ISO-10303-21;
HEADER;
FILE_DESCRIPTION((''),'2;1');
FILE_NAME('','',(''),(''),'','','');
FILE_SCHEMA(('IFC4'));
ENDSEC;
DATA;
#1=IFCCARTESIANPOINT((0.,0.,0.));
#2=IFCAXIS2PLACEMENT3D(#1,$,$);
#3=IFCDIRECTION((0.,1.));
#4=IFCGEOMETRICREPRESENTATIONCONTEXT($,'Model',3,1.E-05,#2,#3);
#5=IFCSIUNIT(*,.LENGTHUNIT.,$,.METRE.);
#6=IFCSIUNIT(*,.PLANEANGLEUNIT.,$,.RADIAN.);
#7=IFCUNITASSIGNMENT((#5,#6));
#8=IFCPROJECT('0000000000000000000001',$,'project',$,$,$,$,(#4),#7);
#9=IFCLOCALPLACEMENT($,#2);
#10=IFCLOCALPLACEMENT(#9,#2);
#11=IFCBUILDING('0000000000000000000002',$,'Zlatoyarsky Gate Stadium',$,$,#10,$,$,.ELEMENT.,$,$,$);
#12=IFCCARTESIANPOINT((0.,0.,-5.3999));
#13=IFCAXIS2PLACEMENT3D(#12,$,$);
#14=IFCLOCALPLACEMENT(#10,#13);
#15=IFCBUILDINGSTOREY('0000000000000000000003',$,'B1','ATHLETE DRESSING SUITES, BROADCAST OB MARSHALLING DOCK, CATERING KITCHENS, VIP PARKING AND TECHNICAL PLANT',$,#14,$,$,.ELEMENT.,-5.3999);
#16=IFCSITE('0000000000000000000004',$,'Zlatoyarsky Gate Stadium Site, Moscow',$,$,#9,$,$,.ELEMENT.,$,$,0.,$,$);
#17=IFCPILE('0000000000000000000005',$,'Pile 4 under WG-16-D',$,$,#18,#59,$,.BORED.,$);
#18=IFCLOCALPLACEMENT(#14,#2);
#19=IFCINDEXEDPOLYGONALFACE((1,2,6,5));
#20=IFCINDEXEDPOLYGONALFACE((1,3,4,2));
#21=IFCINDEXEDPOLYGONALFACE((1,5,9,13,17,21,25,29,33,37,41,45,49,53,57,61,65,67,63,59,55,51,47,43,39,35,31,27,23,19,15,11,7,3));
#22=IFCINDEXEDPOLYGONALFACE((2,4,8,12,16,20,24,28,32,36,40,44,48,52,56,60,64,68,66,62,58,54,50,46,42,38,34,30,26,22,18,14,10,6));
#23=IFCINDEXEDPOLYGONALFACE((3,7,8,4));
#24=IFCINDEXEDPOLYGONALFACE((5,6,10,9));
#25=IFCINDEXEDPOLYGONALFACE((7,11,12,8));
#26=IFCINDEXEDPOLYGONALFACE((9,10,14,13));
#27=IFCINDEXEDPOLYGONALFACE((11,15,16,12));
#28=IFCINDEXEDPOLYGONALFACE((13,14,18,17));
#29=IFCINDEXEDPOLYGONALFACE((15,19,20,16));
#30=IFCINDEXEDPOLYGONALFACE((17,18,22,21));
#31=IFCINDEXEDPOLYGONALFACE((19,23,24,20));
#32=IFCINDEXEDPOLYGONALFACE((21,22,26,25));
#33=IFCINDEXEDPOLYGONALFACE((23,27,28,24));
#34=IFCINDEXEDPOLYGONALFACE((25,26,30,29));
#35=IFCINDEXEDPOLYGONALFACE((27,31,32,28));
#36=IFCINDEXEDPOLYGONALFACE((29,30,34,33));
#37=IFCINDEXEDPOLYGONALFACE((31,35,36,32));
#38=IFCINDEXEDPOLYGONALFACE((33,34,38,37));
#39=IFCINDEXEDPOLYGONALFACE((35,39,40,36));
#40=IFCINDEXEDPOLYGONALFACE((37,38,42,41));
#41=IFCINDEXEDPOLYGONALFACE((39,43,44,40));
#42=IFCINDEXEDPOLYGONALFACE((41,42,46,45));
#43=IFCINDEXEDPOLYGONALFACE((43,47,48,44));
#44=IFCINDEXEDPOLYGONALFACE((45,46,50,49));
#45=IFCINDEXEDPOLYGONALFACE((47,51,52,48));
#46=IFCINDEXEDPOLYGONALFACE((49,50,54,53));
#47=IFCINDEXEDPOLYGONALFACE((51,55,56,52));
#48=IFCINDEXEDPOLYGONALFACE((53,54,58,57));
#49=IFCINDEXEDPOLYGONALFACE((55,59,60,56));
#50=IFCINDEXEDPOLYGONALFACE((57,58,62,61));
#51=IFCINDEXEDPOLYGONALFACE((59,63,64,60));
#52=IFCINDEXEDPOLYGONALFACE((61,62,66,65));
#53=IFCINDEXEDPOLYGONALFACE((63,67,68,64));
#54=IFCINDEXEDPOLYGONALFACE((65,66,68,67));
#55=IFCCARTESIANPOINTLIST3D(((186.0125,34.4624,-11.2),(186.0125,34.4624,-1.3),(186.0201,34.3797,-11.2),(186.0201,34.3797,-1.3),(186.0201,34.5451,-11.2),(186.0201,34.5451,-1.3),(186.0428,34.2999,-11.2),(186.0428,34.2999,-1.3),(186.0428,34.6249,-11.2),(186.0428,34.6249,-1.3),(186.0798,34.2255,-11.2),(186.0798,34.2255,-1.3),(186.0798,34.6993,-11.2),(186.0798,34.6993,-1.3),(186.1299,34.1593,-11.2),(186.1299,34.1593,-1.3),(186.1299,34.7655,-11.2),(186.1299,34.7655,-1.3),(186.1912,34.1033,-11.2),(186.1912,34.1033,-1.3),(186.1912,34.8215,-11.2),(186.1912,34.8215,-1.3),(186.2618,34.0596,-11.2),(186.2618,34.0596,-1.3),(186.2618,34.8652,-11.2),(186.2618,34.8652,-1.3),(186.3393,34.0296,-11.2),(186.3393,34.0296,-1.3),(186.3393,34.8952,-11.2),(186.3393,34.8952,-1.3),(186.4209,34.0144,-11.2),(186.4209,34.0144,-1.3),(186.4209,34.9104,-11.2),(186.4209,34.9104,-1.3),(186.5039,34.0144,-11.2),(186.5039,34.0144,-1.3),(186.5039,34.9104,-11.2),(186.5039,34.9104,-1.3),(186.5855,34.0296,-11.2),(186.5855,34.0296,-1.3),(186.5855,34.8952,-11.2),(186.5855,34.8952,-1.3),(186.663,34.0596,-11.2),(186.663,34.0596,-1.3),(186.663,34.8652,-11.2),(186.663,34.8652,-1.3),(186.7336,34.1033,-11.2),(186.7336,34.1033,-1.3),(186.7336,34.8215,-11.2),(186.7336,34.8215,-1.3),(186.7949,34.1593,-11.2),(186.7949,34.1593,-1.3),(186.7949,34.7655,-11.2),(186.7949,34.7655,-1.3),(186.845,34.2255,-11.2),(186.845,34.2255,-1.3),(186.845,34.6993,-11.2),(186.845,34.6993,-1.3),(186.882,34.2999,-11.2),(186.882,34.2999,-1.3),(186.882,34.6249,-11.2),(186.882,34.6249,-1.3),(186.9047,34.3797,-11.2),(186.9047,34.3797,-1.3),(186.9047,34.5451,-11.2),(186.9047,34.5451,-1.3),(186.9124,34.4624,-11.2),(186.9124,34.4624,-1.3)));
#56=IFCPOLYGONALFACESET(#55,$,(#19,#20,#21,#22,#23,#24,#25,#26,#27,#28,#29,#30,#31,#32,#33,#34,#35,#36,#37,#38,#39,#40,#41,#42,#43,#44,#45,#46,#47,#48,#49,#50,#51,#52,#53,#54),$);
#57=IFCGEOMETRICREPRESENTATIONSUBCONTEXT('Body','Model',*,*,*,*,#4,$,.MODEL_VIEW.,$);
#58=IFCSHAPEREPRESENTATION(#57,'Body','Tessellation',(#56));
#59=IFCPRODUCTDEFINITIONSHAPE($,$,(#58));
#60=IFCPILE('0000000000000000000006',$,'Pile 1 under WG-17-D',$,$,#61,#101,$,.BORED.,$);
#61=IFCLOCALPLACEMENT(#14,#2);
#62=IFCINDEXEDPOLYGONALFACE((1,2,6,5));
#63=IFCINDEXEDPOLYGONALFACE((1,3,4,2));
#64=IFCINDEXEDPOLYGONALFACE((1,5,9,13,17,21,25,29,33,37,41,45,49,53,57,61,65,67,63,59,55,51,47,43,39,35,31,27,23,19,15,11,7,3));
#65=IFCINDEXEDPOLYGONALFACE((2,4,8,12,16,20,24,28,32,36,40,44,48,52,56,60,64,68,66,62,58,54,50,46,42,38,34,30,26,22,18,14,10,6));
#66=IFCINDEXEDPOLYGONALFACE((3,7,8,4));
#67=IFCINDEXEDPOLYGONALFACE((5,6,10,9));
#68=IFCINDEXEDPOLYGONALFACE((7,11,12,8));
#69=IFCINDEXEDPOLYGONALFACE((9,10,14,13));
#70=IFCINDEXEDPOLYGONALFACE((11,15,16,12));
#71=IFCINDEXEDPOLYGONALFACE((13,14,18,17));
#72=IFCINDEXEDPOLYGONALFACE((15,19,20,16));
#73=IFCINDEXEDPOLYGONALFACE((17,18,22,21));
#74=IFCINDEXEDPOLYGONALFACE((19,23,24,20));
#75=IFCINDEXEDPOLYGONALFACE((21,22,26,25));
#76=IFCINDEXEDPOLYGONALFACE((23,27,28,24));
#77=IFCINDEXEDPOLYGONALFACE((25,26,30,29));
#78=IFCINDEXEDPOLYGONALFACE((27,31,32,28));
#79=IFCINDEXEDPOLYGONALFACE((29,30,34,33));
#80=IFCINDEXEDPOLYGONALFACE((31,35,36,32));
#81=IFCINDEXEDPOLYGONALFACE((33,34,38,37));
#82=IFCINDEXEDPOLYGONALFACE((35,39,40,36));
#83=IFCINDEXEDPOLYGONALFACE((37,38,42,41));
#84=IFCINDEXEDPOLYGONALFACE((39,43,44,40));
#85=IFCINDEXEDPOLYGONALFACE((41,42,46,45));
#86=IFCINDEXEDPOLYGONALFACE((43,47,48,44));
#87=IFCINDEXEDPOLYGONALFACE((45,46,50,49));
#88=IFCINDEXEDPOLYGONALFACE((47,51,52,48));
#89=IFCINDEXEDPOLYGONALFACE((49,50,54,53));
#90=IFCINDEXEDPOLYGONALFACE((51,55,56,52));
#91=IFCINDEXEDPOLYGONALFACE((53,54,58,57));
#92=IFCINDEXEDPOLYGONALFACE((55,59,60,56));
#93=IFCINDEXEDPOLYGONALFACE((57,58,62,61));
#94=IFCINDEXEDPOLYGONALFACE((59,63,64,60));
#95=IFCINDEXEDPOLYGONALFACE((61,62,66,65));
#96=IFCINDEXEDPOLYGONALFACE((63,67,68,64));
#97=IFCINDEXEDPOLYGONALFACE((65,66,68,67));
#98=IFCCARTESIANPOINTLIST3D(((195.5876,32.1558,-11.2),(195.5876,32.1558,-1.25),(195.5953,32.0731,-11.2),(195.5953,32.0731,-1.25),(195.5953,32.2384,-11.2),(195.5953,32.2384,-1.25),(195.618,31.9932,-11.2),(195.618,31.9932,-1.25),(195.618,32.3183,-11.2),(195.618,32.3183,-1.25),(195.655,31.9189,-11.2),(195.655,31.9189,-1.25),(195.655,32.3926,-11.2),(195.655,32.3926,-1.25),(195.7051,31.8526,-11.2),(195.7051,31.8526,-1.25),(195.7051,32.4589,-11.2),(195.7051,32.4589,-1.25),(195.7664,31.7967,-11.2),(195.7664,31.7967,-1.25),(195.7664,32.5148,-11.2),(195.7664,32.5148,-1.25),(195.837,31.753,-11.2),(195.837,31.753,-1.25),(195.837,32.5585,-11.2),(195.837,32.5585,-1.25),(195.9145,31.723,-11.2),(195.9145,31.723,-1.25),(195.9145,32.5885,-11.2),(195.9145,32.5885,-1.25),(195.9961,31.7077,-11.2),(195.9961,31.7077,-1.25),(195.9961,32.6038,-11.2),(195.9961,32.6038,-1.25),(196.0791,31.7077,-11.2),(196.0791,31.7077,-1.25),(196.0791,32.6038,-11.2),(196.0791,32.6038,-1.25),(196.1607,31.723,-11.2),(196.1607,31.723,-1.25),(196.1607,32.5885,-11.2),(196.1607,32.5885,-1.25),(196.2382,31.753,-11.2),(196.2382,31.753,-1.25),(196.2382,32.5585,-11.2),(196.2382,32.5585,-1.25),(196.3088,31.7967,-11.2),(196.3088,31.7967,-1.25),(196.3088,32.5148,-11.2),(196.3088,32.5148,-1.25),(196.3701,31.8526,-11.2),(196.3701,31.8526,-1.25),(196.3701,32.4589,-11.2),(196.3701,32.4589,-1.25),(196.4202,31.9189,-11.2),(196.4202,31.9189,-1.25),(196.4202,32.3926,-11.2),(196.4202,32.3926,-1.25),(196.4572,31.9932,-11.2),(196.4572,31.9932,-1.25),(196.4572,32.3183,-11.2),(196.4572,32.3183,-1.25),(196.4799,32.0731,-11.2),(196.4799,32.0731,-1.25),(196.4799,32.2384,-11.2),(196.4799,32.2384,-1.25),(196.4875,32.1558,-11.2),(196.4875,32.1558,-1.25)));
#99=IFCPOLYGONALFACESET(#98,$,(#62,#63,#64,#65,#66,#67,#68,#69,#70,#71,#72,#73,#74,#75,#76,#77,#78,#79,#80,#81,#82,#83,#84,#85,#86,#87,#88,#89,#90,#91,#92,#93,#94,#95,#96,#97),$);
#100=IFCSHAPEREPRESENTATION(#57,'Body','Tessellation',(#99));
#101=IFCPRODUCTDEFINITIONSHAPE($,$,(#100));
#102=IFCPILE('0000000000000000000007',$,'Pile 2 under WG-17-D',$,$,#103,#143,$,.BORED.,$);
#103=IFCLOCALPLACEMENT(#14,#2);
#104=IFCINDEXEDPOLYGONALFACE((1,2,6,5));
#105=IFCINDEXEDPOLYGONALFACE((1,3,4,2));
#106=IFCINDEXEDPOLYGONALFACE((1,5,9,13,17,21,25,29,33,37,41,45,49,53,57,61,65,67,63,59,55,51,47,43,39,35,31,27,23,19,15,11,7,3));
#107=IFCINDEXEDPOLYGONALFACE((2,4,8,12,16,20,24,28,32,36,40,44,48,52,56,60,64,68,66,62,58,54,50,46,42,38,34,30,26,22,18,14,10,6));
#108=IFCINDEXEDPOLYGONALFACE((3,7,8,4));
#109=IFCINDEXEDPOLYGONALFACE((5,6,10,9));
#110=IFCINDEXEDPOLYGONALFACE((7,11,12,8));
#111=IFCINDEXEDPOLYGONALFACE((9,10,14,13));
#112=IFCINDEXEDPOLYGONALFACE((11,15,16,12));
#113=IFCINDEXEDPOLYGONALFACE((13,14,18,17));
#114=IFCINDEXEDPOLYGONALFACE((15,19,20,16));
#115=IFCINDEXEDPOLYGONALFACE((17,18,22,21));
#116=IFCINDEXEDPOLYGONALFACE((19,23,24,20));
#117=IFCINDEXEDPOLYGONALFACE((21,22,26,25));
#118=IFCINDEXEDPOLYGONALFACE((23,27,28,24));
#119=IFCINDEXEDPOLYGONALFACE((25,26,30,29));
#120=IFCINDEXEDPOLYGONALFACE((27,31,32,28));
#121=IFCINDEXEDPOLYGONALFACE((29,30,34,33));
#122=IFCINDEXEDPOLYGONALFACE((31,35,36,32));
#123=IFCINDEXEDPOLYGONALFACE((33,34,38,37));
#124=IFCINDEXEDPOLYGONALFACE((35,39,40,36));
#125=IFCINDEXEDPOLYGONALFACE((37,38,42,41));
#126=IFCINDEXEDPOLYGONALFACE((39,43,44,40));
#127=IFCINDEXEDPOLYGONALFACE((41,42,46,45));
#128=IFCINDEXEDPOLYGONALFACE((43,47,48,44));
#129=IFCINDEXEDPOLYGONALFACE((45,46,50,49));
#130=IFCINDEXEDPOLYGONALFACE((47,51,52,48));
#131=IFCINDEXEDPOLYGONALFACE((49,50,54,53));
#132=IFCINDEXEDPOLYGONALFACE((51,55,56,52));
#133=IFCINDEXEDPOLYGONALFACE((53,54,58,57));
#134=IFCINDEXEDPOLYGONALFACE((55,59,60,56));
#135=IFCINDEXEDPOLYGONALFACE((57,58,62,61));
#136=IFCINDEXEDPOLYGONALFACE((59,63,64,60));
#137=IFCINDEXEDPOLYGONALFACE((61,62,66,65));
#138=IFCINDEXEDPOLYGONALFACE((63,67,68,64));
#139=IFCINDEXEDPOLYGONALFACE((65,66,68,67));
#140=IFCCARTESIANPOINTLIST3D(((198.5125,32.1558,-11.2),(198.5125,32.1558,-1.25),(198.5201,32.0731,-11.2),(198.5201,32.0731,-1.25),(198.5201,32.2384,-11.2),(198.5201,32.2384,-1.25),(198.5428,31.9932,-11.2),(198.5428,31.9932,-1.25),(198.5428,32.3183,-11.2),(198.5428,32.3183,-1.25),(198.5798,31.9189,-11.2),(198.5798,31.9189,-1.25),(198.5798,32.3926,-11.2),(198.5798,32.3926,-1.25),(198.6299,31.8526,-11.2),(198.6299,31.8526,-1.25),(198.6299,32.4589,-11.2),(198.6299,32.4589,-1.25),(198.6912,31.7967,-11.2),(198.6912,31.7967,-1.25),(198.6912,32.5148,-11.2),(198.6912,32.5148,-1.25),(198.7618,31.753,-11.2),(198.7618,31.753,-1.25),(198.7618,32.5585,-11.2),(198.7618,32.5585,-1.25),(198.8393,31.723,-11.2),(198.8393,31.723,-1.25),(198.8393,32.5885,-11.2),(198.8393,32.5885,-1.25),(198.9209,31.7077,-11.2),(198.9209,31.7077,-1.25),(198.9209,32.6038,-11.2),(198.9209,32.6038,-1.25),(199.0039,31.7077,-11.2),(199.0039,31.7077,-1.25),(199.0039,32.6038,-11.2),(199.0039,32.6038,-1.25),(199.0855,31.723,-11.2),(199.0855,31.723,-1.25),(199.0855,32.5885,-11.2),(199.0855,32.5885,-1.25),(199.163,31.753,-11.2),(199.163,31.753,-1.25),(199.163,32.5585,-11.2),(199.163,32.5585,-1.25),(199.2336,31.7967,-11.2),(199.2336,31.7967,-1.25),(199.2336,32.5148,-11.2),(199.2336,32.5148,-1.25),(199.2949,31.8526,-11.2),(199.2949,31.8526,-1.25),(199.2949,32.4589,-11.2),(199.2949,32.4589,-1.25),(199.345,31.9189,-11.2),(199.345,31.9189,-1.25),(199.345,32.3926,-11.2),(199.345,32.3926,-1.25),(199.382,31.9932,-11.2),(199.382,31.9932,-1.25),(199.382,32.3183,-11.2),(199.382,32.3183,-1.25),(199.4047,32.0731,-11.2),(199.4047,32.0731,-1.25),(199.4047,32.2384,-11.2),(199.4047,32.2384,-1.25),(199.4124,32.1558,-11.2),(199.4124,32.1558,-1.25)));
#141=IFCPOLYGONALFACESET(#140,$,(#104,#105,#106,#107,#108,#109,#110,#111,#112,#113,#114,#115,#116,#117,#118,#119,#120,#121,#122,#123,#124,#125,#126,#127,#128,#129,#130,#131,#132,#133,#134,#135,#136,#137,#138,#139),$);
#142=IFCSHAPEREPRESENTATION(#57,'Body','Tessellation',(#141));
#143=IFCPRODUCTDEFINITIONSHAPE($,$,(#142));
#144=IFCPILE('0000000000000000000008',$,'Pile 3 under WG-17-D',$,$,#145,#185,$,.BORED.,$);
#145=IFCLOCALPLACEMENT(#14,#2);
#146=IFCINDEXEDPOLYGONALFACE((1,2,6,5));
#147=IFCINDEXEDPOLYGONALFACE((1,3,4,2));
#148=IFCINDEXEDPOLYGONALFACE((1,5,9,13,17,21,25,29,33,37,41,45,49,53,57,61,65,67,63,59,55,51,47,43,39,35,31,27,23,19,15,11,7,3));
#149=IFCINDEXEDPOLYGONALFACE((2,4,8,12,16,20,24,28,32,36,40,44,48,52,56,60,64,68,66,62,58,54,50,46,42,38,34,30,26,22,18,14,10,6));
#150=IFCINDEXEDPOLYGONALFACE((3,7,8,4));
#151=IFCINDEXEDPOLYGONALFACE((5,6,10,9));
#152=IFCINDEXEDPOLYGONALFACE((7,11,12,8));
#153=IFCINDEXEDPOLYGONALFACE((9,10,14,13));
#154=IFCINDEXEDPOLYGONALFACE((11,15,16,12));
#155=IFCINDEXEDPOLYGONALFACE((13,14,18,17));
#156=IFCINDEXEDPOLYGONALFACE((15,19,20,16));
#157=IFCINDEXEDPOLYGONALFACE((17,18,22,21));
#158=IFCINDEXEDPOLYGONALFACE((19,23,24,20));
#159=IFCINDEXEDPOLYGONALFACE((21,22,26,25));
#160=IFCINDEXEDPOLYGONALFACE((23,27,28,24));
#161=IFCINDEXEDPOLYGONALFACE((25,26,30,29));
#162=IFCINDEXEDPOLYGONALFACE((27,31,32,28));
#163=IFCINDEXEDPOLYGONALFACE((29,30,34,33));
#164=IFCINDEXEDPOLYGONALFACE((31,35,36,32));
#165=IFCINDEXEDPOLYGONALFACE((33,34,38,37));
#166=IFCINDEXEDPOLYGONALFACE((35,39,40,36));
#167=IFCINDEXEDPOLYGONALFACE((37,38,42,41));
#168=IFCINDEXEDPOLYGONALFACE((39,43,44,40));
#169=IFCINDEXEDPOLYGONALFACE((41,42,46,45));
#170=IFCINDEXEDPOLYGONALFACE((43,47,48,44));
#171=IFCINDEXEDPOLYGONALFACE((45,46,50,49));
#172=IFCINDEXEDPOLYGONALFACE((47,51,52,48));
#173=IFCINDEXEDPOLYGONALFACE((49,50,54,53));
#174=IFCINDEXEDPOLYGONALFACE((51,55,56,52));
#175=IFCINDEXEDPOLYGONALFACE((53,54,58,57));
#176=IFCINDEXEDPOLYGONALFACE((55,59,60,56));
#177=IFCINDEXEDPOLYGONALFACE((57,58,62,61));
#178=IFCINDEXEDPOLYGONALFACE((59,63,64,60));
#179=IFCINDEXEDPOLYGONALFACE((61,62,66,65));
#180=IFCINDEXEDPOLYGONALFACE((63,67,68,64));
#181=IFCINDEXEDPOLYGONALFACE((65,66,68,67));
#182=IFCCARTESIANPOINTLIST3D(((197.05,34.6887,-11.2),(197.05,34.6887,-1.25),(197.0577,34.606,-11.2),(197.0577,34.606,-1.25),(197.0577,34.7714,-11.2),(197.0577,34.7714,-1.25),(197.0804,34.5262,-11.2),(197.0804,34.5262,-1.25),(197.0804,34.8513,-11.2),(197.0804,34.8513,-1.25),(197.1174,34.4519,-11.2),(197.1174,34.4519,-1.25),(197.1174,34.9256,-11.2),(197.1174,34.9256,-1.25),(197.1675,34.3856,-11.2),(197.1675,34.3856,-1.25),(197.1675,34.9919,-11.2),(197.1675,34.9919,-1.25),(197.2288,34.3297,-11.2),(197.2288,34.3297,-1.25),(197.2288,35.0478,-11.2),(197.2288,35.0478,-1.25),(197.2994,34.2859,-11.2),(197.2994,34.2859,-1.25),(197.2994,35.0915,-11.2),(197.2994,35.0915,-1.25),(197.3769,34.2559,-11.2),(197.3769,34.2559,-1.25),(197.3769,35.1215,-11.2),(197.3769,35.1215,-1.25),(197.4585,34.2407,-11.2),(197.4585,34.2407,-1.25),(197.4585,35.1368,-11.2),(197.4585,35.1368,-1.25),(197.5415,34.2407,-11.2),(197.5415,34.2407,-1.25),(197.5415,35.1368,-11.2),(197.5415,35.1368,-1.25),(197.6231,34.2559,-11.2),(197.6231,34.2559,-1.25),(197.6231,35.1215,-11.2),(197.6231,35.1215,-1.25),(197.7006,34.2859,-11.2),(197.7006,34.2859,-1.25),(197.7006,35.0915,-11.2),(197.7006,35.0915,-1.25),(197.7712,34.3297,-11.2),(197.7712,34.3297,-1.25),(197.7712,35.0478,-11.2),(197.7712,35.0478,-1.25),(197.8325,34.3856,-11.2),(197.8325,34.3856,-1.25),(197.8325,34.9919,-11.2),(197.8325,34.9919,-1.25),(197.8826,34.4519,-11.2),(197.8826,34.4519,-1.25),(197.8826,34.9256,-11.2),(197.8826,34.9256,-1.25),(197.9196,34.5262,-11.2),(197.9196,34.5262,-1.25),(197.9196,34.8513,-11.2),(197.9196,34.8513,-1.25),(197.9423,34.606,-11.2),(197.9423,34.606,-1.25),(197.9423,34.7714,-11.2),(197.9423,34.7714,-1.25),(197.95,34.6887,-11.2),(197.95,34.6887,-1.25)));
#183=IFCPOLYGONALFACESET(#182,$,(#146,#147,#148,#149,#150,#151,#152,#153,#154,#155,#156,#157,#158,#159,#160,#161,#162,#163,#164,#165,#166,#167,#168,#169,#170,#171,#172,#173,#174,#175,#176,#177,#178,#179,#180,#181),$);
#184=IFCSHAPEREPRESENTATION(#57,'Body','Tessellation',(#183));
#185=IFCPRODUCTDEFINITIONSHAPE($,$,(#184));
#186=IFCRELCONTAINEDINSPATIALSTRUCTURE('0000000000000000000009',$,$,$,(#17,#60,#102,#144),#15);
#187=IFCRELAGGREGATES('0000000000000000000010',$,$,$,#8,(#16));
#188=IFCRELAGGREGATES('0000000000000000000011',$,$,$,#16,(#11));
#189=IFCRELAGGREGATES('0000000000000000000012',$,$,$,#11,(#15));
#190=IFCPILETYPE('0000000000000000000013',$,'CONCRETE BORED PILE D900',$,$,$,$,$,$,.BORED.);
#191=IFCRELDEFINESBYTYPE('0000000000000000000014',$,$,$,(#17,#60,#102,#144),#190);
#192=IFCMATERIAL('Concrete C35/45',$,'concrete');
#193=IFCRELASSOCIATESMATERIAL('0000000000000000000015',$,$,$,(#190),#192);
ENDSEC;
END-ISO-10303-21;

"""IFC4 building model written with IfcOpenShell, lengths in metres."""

from ifc_helpers import new_model, si_unit, direction, frame, origin, origin_2d, place, context, subcontext, project, spatial, circle, extrude, material, material_profile, profile_set, type_object, element, save


model = new_model("IFC4")

# Units and contexts
model_context = context("Model", 3, precision=1e-05, world=origin(), true_north=direction((0.0, 1.0)))
body_context = subcontext(model_context, "Body", "Model", "MODEL_VIEW")
ifc_project = project(units=[si_unit("LENGTHUNIT", "METRE"), si_unit("PLANEANGLEUNIT", "RADIAN")], contexts=[model_context])

# Site, building, storey
site_placement = place(None, origin())
site = spatial("IfcSite", under=ifc_project, at=site_placement, Name="Zlatoyarsky Gate Stadium Site, Moscow", CompositionType="ELEMENT", RefElevation=0.0)
building_placement = place(site_placement, origin())
building = spatial("IfcBuilding", under=site, at=building_placement, Name="Zlatoyarsky Gate Stadium", CompositionType="ELEMENT")
storey_placement = place(building_placement, frame((0.0, 0.0, -5.3999)))
storey = spatial("IfcBuildingStorey", under=building, at=storey_placement, Name="B1", Description="ATHLETE DRESSING SUITES, BROADCAST OB MARSHALLING DOCK, CATERING KITCHENS, VIP PARKING AND TECHNICAL PLANT", CompositionType="ELEMENT", Elevation=-5.3999)

# Piles
ifc_material_1 = material(Name="Concrete C35/45", Category="concrete")
ifc_material_profile_1 = material_profile(ifc_material_1, circle(Radius=0.45, at=origin_2d()), Name="BORED PILE D900")
ifc_profile_set_1 = profile_set([ifc_material_profile_1], Name="Concrete C35/45")
pile_type_1 = type_object("IfcPileType", Name="CONCRETE BORED PILE D900", PredefinedType="BORED", material=ifc_profile_set_1)
for number, where, z_axis, x_axis, name in (
    (1, (186.4624, 34.4624, -1.3), (0.0, 0.0, -1.0), (1.0, 0.0, 0.0), "Pile 4 under WG-16-D"),
):
    element("IfcPile", number, at=place(storey_placement, frame(where, z_axis=z_axis, x_axis=x_axis)), inside=storey, type_object=pile_type_1, Name=name, PredefinedType="BORED", context=body_context, shape_type="SweptSolid", body=[
        extrude(circle(Radius=0.45, at=origin_2d()), origin(), (0.0, 0.0, 1.0), 9.8999),
    ])
for number, where, z_axis, x_axis, name in (
    (2, (196.0376, 32.1558, -1.25), (0.0, 0.0, -1.0), (1.0, 0.0, 0.0), "Pile 1 under WG-17-D"),
    (3, (198.9624, 32.1558, -1.25), (0.0, 0.0, -1.0), (1.0, 0.0, 0.0), "Pile 2 under WG-17-D"),
    (4, (197.5, 34.6887, -1.25), (0.0, 0.0, -1.0), (1.0, 0.0, 0.0), "Pile 3 under WG-17-D"),
):
    element("IfcPile", number, at=place(storey_placement, frame(where, z_axis=z_axis, x_axis=x_axis)), inside=storey, type_object=pile_type_1, Name=name, PredefinedType="BORED", context=body_context, shape_type="SweptSolid", body=[
        extrude(circle(Radius=0.45, at=origin_2d()), origin(), (0.0, 0.0, 1.0), 9.95),
    ])

save(model, "model.ifc")
